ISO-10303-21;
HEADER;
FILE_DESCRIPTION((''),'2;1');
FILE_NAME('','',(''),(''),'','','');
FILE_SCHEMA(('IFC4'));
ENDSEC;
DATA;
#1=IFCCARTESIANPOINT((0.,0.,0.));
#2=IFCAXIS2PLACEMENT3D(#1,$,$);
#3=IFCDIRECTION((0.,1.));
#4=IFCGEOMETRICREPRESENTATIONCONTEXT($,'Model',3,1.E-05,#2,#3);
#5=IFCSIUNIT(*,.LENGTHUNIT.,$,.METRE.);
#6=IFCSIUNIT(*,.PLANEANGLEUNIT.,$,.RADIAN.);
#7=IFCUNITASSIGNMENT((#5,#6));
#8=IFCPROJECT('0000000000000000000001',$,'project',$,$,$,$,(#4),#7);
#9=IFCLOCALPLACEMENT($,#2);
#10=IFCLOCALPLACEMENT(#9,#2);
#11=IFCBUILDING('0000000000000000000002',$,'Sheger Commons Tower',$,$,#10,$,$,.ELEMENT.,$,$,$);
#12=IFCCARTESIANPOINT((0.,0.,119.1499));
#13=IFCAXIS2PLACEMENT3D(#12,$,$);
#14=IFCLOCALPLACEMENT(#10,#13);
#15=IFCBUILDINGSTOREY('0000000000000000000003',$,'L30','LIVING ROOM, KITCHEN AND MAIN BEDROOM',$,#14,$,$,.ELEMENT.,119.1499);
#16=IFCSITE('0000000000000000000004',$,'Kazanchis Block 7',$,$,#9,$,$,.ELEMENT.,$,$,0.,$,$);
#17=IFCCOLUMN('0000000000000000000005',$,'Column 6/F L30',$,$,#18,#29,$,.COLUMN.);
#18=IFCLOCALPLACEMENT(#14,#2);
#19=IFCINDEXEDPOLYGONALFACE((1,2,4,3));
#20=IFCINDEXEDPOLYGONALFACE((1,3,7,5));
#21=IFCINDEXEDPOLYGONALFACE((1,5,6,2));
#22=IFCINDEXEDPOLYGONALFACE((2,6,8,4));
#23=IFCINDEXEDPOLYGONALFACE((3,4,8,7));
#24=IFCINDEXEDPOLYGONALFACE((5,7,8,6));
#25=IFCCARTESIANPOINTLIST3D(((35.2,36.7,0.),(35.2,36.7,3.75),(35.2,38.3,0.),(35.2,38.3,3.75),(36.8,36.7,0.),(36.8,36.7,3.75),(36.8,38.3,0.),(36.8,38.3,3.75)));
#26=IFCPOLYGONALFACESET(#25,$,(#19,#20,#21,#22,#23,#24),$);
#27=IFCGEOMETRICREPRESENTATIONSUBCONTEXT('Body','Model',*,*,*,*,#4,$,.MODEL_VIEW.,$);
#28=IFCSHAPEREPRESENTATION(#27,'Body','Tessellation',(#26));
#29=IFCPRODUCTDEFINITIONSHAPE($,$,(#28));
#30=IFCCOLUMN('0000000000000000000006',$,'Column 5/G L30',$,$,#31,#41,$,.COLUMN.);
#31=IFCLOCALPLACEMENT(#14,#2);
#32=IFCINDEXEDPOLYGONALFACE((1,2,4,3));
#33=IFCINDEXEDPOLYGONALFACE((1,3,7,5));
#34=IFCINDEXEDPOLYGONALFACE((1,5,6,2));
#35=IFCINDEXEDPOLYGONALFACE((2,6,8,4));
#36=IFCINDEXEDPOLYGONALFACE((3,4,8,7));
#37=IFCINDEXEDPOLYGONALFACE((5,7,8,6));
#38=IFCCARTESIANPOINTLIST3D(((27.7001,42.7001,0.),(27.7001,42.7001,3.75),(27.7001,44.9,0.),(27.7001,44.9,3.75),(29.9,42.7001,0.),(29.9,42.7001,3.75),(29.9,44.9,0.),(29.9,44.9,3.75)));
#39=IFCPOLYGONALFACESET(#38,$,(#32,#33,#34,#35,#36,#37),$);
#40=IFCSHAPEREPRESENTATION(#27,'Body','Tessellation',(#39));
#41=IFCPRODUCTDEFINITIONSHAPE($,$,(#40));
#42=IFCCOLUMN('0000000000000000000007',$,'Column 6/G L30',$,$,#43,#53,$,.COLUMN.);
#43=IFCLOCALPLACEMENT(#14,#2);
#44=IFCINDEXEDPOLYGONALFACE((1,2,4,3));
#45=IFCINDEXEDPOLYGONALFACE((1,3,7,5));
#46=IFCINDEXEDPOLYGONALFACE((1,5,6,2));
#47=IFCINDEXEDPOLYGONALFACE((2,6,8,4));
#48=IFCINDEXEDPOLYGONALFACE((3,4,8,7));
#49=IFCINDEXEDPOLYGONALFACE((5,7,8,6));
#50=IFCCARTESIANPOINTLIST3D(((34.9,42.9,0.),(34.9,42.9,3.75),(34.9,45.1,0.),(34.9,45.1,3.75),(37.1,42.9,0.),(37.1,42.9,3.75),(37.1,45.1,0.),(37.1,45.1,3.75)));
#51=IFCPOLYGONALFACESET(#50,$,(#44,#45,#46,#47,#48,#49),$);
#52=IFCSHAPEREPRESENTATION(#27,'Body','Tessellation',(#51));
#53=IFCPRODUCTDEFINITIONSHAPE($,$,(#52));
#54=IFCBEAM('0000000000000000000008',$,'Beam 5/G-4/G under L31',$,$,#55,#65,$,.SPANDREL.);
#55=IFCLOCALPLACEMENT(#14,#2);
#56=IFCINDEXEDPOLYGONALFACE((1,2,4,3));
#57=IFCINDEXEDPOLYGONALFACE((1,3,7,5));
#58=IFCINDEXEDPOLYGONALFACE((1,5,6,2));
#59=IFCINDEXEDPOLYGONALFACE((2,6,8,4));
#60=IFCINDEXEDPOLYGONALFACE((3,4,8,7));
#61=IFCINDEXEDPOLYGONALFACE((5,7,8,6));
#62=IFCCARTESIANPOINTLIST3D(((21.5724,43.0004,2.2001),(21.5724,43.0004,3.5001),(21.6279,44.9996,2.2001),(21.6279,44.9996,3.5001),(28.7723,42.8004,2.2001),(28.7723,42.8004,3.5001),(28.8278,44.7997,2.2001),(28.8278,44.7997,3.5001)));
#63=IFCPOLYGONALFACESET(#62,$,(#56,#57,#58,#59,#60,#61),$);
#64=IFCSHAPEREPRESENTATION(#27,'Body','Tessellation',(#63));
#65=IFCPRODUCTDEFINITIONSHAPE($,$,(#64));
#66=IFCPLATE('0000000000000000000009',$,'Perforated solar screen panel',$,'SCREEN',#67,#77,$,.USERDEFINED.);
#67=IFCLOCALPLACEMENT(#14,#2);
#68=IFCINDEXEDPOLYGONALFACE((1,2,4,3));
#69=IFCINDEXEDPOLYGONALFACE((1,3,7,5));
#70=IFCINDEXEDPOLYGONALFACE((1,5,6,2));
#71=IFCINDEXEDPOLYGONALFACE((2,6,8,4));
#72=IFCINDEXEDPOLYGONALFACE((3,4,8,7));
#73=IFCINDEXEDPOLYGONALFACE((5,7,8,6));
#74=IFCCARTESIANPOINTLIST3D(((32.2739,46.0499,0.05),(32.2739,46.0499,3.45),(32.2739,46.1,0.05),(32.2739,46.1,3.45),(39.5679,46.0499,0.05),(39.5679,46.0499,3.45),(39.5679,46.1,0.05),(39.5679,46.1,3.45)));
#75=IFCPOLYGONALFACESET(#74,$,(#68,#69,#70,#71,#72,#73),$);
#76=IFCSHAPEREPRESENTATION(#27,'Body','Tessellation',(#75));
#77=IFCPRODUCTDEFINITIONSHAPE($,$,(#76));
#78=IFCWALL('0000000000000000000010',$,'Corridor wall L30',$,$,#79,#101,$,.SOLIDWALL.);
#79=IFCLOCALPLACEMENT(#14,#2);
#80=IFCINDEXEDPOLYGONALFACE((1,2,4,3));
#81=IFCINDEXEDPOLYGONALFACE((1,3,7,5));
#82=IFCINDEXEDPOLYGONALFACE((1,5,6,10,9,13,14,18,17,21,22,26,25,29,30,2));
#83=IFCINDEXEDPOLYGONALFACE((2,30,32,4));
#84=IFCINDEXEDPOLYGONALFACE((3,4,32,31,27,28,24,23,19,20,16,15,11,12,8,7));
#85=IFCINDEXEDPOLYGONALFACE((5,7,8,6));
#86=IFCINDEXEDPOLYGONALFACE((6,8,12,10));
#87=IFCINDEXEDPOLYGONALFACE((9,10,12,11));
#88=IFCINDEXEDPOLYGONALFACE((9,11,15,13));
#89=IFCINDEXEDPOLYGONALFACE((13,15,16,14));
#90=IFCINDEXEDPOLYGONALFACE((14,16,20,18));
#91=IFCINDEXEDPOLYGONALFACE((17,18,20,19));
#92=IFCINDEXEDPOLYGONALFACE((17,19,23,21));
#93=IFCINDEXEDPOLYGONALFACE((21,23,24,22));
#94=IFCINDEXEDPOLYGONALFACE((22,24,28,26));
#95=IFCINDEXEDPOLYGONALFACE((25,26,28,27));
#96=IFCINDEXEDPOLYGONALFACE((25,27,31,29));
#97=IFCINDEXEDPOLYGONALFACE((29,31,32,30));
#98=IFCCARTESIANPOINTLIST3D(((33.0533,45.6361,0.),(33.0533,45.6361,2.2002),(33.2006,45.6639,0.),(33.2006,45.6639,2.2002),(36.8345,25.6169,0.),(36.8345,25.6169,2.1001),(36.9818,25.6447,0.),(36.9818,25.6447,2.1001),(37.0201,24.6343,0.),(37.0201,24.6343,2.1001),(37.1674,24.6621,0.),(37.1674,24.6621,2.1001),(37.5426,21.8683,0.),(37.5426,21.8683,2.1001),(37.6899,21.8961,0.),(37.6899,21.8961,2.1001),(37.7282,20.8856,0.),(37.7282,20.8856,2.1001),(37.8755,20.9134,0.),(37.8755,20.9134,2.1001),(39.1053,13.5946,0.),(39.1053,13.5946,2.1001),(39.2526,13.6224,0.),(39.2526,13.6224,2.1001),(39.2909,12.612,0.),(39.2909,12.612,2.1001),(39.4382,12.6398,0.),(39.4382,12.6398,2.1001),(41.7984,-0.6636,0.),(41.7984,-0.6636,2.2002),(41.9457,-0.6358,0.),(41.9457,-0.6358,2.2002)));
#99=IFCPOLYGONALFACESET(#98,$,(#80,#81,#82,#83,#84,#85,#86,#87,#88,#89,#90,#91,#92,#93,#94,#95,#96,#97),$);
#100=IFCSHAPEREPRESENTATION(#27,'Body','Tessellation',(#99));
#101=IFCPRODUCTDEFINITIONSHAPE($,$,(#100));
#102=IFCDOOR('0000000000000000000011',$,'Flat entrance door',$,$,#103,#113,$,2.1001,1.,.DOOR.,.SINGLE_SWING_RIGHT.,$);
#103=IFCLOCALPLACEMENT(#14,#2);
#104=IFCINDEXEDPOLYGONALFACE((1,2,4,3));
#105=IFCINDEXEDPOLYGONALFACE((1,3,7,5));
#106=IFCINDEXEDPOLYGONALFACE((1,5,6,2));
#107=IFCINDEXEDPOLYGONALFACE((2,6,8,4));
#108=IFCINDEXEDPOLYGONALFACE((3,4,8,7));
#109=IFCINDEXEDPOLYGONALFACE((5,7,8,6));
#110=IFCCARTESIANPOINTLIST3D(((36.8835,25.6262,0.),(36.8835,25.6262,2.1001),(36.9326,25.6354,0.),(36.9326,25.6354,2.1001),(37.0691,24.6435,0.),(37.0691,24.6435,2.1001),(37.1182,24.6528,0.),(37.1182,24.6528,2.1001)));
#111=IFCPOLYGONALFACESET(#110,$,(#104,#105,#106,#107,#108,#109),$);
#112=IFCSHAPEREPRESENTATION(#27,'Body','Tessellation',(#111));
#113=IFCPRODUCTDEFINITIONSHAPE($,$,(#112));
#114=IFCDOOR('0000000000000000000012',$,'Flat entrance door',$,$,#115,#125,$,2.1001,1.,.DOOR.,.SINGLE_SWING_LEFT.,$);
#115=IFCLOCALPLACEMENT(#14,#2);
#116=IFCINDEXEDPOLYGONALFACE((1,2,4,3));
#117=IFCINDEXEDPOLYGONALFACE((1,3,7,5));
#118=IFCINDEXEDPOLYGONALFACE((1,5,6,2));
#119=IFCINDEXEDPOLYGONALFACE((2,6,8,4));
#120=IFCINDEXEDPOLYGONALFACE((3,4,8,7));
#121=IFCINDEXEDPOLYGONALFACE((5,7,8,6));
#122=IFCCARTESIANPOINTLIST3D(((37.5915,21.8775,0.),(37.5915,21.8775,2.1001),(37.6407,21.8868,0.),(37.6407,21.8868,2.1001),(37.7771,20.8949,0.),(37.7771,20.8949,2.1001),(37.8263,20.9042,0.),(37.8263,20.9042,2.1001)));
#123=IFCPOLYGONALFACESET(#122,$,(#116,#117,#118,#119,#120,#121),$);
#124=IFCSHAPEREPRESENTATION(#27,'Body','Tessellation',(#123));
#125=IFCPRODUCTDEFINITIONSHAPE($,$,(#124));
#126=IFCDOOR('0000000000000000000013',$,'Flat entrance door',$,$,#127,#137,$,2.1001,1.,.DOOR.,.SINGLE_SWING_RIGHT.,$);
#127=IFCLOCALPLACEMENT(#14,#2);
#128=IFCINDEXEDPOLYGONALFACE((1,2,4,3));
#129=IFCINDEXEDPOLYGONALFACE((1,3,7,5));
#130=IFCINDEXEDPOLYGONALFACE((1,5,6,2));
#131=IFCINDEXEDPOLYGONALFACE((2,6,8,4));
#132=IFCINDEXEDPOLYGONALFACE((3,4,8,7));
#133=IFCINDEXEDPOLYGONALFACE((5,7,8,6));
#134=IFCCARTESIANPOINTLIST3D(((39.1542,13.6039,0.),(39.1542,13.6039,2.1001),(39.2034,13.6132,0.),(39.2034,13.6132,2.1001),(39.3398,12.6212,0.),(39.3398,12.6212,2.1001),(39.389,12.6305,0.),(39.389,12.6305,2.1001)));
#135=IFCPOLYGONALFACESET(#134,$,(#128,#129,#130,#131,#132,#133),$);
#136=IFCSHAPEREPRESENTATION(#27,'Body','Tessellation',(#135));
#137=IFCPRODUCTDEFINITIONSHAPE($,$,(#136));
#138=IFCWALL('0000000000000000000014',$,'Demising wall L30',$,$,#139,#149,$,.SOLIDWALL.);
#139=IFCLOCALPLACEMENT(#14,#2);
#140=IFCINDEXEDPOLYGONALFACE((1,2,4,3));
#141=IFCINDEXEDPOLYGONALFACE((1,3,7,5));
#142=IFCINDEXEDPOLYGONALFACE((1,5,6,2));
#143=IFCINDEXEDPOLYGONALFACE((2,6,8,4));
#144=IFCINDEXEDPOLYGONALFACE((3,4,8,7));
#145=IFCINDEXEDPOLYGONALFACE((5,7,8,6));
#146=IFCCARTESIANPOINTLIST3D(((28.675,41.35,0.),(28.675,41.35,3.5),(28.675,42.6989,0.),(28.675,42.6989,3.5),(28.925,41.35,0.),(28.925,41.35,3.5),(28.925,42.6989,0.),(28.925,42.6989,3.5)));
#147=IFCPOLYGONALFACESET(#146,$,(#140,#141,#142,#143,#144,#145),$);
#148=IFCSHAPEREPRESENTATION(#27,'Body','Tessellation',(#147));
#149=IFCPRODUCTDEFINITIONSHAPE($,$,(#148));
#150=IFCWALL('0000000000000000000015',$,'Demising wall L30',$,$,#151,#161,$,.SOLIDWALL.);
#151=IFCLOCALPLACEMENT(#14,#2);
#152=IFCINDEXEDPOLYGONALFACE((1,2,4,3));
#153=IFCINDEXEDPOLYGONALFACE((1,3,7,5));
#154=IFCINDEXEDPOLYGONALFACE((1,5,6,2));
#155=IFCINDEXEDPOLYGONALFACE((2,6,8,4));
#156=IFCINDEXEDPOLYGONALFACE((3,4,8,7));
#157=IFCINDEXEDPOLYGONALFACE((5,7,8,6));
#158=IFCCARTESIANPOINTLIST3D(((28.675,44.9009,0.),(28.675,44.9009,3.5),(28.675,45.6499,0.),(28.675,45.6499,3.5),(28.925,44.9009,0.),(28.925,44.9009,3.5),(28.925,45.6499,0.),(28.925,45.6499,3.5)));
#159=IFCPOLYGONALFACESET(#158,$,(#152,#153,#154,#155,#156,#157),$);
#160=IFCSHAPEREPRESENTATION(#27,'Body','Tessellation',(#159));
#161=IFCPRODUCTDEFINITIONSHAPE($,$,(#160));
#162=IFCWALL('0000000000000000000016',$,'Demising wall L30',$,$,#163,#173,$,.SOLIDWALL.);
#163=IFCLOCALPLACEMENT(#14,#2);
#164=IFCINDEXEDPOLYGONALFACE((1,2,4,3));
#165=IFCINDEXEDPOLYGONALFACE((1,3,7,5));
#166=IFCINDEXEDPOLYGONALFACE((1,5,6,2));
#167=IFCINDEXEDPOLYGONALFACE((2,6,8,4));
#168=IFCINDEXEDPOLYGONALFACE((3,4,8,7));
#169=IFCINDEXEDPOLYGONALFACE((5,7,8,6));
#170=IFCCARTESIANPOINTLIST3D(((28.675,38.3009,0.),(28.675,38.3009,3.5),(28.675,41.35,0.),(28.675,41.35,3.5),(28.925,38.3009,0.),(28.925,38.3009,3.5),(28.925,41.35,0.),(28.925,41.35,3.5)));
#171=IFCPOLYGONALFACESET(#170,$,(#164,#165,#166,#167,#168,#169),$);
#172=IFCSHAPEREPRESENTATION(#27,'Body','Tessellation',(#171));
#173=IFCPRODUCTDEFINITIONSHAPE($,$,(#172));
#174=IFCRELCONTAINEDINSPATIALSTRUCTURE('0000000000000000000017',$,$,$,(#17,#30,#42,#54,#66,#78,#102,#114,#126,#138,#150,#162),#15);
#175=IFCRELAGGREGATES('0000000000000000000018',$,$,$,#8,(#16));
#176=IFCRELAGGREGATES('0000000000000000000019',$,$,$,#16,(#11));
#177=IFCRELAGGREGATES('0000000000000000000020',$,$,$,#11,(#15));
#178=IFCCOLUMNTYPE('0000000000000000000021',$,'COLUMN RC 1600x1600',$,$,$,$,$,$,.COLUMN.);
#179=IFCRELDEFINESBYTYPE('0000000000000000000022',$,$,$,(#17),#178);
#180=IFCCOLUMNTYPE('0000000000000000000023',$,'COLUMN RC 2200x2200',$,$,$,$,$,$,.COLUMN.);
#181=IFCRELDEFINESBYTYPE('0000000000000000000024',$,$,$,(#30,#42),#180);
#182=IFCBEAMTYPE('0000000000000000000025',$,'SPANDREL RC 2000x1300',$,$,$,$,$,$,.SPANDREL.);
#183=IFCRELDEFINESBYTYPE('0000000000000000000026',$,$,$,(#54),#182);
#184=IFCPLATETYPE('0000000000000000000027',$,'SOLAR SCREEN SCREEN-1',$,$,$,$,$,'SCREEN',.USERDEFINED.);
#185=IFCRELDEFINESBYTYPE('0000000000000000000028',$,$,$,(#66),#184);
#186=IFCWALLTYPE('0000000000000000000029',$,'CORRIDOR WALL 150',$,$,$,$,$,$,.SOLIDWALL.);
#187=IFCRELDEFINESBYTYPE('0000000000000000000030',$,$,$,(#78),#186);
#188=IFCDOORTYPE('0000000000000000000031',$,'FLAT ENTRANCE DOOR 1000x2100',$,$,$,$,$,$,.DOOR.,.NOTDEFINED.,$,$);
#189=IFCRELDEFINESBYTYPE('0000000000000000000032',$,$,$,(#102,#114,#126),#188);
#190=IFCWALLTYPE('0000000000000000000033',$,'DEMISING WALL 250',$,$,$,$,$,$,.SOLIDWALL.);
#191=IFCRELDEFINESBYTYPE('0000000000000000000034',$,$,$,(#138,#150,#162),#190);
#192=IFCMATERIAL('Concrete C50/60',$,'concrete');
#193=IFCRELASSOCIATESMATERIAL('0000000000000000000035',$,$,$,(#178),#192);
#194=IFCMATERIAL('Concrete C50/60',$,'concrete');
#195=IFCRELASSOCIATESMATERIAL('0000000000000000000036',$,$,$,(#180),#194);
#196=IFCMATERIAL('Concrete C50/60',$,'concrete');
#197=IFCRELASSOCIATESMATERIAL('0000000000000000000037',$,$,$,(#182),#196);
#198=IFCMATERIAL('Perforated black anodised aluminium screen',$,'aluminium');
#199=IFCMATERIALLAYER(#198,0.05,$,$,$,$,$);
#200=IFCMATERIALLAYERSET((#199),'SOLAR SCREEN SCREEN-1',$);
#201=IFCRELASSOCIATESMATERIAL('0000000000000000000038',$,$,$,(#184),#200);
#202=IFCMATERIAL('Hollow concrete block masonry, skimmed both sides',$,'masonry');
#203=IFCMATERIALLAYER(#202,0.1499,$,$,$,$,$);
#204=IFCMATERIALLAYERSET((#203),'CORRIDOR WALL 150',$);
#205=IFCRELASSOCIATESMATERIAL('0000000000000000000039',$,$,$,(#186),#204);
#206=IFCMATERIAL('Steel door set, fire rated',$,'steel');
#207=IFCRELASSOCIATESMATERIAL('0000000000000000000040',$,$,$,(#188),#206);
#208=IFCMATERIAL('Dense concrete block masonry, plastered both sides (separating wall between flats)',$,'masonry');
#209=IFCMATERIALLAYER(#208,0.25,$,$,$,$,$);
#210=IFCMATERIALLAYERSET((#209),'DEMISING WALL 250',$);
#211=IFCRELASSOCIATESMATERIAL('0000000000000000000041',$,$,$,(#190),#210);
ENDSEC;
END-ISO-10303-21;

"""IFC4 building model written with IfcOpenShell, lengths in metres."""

from ifc_helpers import new_model, si_unit, direction, frame, frame_2d, origin, origin_2d, place, context, subcontext, project, spatial, rectangle, extrude, material, layer, layer_set, material_profile, profile_set, type_object, element, fill, save


model = new_model("IFC4")

# Units and contexts
model_context = context("Model", 3, precision=1e-05, world=origin(), true_north=direction((0.0, 1.0)))
body_context = subcontext(model_context, "Body", "Model", "MODEL_VIEW")
ifc_project = project(units=[si_unit("LENGTHUNIT", "METRE"), si_unit("PLANEANGLEUNIT", "RADIAN")], contexts=[model_context])

# Site, building, storey
site_placement = place(None, origin())
site = spatial("IfcSite", under=ifc_project, at=site_placement, Name="Kazanchis Block 7", CompositionType="ELEMENT", RefElevation=0.0)
building_placement = place(site_placement, origin())
building = spatial("IfcBuilding", under=site, at=building_placement, Name="Sheger Commons Tower", CompositionType="ELEMENT")
storey_placement = place(building_placement, frame((0.0, 0.0, 119.1499)))
storey = spatial("IfcBuildingStorey", under=building, at=storey_placement, Name="L30", Description="LIVING ROOM, KITCHEN AND MAIN BEDROOM", CompositionType="ELEMENT", Elevation=119.1499)

# Columns
ifc_material_1 = material(Name="Concrete C50/60", Category="concrete")
ifc_material_profile_1 = material_profile(ifc_material_1, rectangle(XDim=1.6001, YDim=1.6001, at=origin_2d()), Name="RC 1600x1600")
ifc_profile_set_1 = profile_set([ifc_material_profile_1], Name="Concrete C50/60")
column_type_1 = type_object("IfcColumnType", Name="COLUMN RC 1600x1600", PredefinedType="COLUMN", material=ifc_profile_set_1)
column_placement = place(storey_placement, frame((36.0, 37.5, 0.0), z_axis=(0.0, 0.0, 1.0), x_axis=(1.0, 0.0, 0.0)))
element("IfcColumn", 1, at=column_placement, inside=storey, type_object=column_type_1, Name="Column 6/F L30", PredefinedType="COLUMN", context=body_context, shape_type="SweptSolid", body=[
    extrude(rectangle(XDim=1.6001, YDim=1.6001, at=origin_2d()), origin(), (0.0, 0.0, 1.0), 3.75),
])
ifc_material_2 = material(Name="Concrete C50/60", Category="concrete")
ifc_material_profile_2 = material_profile(ifc_material_2, rectangle(XDim=2.2, YDim=2.2, at=origin_2d()), Name="RC 2200x2200")
ifc_profile_set_2 = profile_set([ifc_material_profile_2], Name="Concrete C50/60")
column_type_2 = type_object("IfcColumnType", Name="COLUMN RC 2200x2200", PredefinedType="COLUMN", material=ifc_profile_set_2)
for number, where, z_axis, x_axis, name in (
    (2, (28.8, 43.8, 0.0), (0.0, 0.0, 1.0), (1.0, 0.0, 0.0), "Column 5/G L30"),
    (3, (36.0, 44.0, 0.0), (0.0, 0.0, 1.0), (1.0, 0.0, 0.0), "Column 6/G L30"),
):
    element("IfcColumn", number, at=place(storey_placement, frame(where, z_axis=z_axis, x_axis=x_axis)), inside=storey, type_object=column_type_2, Name=name, PredefinedType="COLUMN", context=body_context, shape_type="SweptSolid", body=[
        extrude(rectangle(XDim=2.2, YDim=2.2, at=origin_2d()), origin(), (0.0, 0.0, 1.0), 3.75),
    ])

# Beam
ifc_material_3 = material(Name="Concrete C50/60", Category="concrete")
ifc_material_profile_3 = material_profile(ifc_material_3, rectangle(XDim=2.0, YDim=1.3, at=origin_2d()), Name="RC 2000x1300")
ifc_profile_set_3 = profile_set([ifc_material_profile_3], Name="Concrete C50/60")
beam_type = type_object("IfcBeamType", Name="SPANDREL RC 2000x1300", PredefinedType="SPANDREL", material=ifc_profile_set_3)
beam_placement = place(storey_placement, frame((28.8, 43.8, 2.8501), z_axis=(-0.999615, 0.02776, 0.0), x_axis=(-0.02776, -0.999615, 0.0)))
element("IfcBeam", 4, at=beam_placement, inside=storey, type_object=beam_type, Name="Beam 5/G-4/G under L31", PredefinedType="SPANDREL", context=body_context, shape_type="SweptSolid", body=[
    extrude(rectangle(XDim=2.0, YDim=1.3, at=origin_2d()), origin(), (0.0, 0.0, 1.0), 7.2026),
])

# Plate
ifc_material_4 = material(Name="Perforated black anodised aluminium screen", Category="aluminium")
ifc_layer_1 = layer(ifc_material_4, 0.05)
ifc_layer_set_1 = layer_set([ifc_layer_1], Name="SOLAR SCREEN SCREEN-1")
plate_type = type_object("IfcPlateType", Name="SOLAR SCREEN SCREEN-1", ElementType="SCREEN", PredefinedType="USERDEFINED", material=ifc_layer_set_1)
plate_placement = place(storey_placement, frame((35.9209, 46.075, 0.05), z_axis=(0.0, 0.0, 1.0), x_axis=(-1.0, 0.0, 0.0)))
element("IfcPlate", 5, at=plate_placement, inside=storey, type_object=plate_type, Name="Perforated solar screen panel", ObjectType="SCREEN", PredefinedType="USERDEFINED", context=body_context, shape_type="SweptSolid", body=[
    extrude(rectangle(XDim=7.2939, YDim=0.05, at=origin_2d()), origin(), (0.0, 0.0, 1.0), 3.3999),
])

# Wall, openings, doors
ifc_material_5 = material(Name="Hollow concrete block masonry, skimmed both sides", Category="masonry")
ifc_layer_2 = layer(ifc_material_5, 0.1499)
ifc_layer_set_2 = layer_set([ifc_layer_2], Name="CORRIDOR WALL 150")
wall_type_1 = type_object("IfcWallType", Name="CORRIDOR WALL 150", PredefinedType="SOLIDWALL", material=ifc_layer_set_2)
wall_1_placement = place(storey_placement, frame((33.127, 45.6499, 0.0), z_axis=(0.0, 0.0, 1.0), x_axis=(0.185599, -0.982626, 0.0)))
wall_1 = element("IfcWall", 6, at=wall_1_placement, inside=storey, type_object=wall_type_1, Name="Corridor wall L30", PredefinedType="SOLIDWALL", context=body_context, shape_type="SweptSolid", body=[
    extrude(rectangle(XDim=47.1184, YDim=0.1499, at=frame_2d((23.5591, 0.0))), origin(), (0.0, 0.0, 1.0), 2.2002),
])
opening_1_placement = place(wall_1_placement, frame((20.373, 0.0, 0.0)))
opening_1 = element("IfcOpeningElement", 7, at=opening_1_placement, cuts=wall_1, PredefinedType="OPENING", context=body_context, shape_type="SweptSolid", body=[
    extrude(rectangle(XDim=1.0, YDim=2.1001, at=frame_2d((0.5, 1.05))), frame((0.0, 0.085, 0.0), z_axis=(0.0, -1.0, 0.0), x_axis=(1.0, 0.0, 0.0)), (0.0, 0.0, 1.0), 0.1699),
])
opening_2_placement = place(wall_1_placement, frame((24.188, 0.0, 0.0)))
opening_2 = element("IfcOpeningElement", 8, at=opening_2_placement, cuts=wall_1, PredefinedType="OPENING", context=body_context, shape_type="SweptSolid", body=[
    extrude(rectangle(XDim=1.0, YDim=2.1001, at=frame_2d((0.5, 1.05))), frame((0.0, 0.085, 0.0), z_axis=(0.0, -1.0, 0.0), x_axis=(1.0, 0.0, 0.0)), (0.0, 0.0, 1.0), 0.1699),
])
opening_3_placement = place(wall_1_placement, frame((32.6079, 0.0, 0.0)))
opening_3 = element("IfcOpeningElement", 9, at=opening_3_placement, cuts=wall_1, PredefinedType="OPENING", context=body_context, shape_type="SweptSolid", body=[
    extrude(rectangle(XDim=1.0, YDim=2.1001, at=frame_2d((0.5, 1.05))), frame((0.0, 0.085, 0.0), z_axis=(0.0, -1.0, 0.0), x_axis=(1.0, 0.0, 0.0)), (0.0, 0.0, 1.0), 0.1699),
])
ifc_material_6 = material(Name="Steel door set, fire rated", Category="steel")
door_type_1 = type_object("IfcDoorType", Name="FLAT ENTRANCE DOOR 1000x2100", OperationType="NOTDEFINED", PredefinedType="DOOR", material=ifc_material_6)
door_1_placement = place(opening_1_placement, origin())
door_1 = element("IfcDoor", 10, at=door_1_placement, inside=storey, type_object=door_type_1, Name="Flat entrance door", OperationType="SINGLE_SWING_RIGHT", OverallHeight=2.1001, OverallWidth=1.0, PredefinedType="DOOR", context=body_context, shape_type="SweptSolid", body=[
    extrude(rectangle(XDim=1.0, YDim=2.1001, at=frame_2d((0.5, 1.05))), frame((0.0, 0.0249, 0.0), z_axis=(0.0, -1.0, 0.0), x_axis=(1.0, 0.0, 0.0)), (0.0, 0.0, 1.0), 0.05),
])
fill(opening_1, door_1)
door_2_placement = place(opening_2_placement, origin())
door_2 = element("IfcDoor", 11, at=door_2_placement, inside=storey, type_object=door_type_1, Name="Flat entrance door", OperationType="SINGLE_SWING_LEFT", OverallHeight=2.1001, OverallWidth=1.0, PredefinedType="DOOR", context=body_context, shape_type="SweptSolid", body=[
    extrude(rectangle(XDim=1.0, YDim=2.1001, at=frame_2d((0.5, 1.05))), frame((0.0, 0.0249, 0.0), z_axis=(0.0, -1.0, 0.0), x_axis=(1.0, 0.0, 0.0)), (0.0, 0.0, 1.0), 0.05),
])
fill(opening_2, door_2)
door_3_placement = place(opening_3_placement, origin())
door_3 = element("IfcDoor", 12, at=door_3_placement, inside=storey, type_object=door_type_1, Name="Flat entrance door", OperationType="SINGLE_SWING_RIGHT", OverallHeight=2.1001, OverallWidth=1.0, PredefinedType="DOOR", context=body_context, shape_type="SweptSolid", body=[
    extrude(rectangle(XDim=1.0, YDim=2.1001, at=frame_2d((0.5, 1.05))), frame((0.0, 0.0249, 0.0), z_axis=(0.0, -1.0, 0.0), x_axis=(1.0, 0.0, 0.0)), (0.0, 0.0, 1.0), 0.05),
])
fill(opening_3, door_3)

# Walls
ifc_material_7 = material(Name="Dense concrete block masonry, plastered both sides (separating wall between flats)", Category="masonry")
ifc_layer_3 = layer(ifc_material_7, 0.25)
ifc_layer_set_3 = layer_set([ifc_layer_3], Name="DEMISING WALL 250")
wall_type_2 = type_object("IfcWallType", Name="DEMISING WALL 250", PredefinedType="SOLIDWALL", material=ifc_layer_set_3)
wall_2_placement = place(storey_placement, frame((28.8, 41.3501, 0.0), z_axis=(0.0, 0.0, 1.0), x_axis=(0.0, 1.0, 0.0)))
element("IfcWall", 13, at=wall_2_placement, inside=storey, type_object=wall_type_2, Name="Demising wall L30", PredefinedType="SOLIDWALL", context=body_context, shape_type="SweptSolid", body=[
    extrude(rectangle(XDim=1.3489, YDim=0.25, at=frame_2d((0.6743, 0.0))), origin(), (0.0, 0.0, 1.0), 3.5),
])
wall_3_placement = place(storey_placement, frame((28.8, 44.9009, 0.0), z_axis=(0.0, 0.0, 1.0), x_axis=(0.0, 1.0, 0.0)))
element("IfcWall", 14, at=wall_3_placement, inside=storey, type_object=wall_type_2, Name="Demising wall L30", PredefinedType="SOLIDWALL", context=body_context, shape_type="SweptSolid", body=[
    extrude(rectangle(XDim=0.749, YDim=0.25, at=frame_2d((0.3745, 0.0))), origin(), (0.0, 0.0, 1.0), 3.5),
])
wall_4_placement = place(storey_placement, frame((28.8, 38.301, 0.0), z_axis=(0.0, 0.0, 1.0), x_axis=(0.0, 1.0, 0.0)))
element("IfcWall", 15, at=wall_4_placement, inside=storey, type_object=wall_type_2, Name="Demising wall L30", PredefinedType="SOLIDWALL", context=body_context, shape_type="SweptSolid", body=[
    extrude(rectangle(XDim=3.0491, YDim=0.25, at=frame_2d((1.5244, 0.0))), origin(), (0.0, 0.0, 1.0), 3.5),
])

save(model, "model.ifc")
